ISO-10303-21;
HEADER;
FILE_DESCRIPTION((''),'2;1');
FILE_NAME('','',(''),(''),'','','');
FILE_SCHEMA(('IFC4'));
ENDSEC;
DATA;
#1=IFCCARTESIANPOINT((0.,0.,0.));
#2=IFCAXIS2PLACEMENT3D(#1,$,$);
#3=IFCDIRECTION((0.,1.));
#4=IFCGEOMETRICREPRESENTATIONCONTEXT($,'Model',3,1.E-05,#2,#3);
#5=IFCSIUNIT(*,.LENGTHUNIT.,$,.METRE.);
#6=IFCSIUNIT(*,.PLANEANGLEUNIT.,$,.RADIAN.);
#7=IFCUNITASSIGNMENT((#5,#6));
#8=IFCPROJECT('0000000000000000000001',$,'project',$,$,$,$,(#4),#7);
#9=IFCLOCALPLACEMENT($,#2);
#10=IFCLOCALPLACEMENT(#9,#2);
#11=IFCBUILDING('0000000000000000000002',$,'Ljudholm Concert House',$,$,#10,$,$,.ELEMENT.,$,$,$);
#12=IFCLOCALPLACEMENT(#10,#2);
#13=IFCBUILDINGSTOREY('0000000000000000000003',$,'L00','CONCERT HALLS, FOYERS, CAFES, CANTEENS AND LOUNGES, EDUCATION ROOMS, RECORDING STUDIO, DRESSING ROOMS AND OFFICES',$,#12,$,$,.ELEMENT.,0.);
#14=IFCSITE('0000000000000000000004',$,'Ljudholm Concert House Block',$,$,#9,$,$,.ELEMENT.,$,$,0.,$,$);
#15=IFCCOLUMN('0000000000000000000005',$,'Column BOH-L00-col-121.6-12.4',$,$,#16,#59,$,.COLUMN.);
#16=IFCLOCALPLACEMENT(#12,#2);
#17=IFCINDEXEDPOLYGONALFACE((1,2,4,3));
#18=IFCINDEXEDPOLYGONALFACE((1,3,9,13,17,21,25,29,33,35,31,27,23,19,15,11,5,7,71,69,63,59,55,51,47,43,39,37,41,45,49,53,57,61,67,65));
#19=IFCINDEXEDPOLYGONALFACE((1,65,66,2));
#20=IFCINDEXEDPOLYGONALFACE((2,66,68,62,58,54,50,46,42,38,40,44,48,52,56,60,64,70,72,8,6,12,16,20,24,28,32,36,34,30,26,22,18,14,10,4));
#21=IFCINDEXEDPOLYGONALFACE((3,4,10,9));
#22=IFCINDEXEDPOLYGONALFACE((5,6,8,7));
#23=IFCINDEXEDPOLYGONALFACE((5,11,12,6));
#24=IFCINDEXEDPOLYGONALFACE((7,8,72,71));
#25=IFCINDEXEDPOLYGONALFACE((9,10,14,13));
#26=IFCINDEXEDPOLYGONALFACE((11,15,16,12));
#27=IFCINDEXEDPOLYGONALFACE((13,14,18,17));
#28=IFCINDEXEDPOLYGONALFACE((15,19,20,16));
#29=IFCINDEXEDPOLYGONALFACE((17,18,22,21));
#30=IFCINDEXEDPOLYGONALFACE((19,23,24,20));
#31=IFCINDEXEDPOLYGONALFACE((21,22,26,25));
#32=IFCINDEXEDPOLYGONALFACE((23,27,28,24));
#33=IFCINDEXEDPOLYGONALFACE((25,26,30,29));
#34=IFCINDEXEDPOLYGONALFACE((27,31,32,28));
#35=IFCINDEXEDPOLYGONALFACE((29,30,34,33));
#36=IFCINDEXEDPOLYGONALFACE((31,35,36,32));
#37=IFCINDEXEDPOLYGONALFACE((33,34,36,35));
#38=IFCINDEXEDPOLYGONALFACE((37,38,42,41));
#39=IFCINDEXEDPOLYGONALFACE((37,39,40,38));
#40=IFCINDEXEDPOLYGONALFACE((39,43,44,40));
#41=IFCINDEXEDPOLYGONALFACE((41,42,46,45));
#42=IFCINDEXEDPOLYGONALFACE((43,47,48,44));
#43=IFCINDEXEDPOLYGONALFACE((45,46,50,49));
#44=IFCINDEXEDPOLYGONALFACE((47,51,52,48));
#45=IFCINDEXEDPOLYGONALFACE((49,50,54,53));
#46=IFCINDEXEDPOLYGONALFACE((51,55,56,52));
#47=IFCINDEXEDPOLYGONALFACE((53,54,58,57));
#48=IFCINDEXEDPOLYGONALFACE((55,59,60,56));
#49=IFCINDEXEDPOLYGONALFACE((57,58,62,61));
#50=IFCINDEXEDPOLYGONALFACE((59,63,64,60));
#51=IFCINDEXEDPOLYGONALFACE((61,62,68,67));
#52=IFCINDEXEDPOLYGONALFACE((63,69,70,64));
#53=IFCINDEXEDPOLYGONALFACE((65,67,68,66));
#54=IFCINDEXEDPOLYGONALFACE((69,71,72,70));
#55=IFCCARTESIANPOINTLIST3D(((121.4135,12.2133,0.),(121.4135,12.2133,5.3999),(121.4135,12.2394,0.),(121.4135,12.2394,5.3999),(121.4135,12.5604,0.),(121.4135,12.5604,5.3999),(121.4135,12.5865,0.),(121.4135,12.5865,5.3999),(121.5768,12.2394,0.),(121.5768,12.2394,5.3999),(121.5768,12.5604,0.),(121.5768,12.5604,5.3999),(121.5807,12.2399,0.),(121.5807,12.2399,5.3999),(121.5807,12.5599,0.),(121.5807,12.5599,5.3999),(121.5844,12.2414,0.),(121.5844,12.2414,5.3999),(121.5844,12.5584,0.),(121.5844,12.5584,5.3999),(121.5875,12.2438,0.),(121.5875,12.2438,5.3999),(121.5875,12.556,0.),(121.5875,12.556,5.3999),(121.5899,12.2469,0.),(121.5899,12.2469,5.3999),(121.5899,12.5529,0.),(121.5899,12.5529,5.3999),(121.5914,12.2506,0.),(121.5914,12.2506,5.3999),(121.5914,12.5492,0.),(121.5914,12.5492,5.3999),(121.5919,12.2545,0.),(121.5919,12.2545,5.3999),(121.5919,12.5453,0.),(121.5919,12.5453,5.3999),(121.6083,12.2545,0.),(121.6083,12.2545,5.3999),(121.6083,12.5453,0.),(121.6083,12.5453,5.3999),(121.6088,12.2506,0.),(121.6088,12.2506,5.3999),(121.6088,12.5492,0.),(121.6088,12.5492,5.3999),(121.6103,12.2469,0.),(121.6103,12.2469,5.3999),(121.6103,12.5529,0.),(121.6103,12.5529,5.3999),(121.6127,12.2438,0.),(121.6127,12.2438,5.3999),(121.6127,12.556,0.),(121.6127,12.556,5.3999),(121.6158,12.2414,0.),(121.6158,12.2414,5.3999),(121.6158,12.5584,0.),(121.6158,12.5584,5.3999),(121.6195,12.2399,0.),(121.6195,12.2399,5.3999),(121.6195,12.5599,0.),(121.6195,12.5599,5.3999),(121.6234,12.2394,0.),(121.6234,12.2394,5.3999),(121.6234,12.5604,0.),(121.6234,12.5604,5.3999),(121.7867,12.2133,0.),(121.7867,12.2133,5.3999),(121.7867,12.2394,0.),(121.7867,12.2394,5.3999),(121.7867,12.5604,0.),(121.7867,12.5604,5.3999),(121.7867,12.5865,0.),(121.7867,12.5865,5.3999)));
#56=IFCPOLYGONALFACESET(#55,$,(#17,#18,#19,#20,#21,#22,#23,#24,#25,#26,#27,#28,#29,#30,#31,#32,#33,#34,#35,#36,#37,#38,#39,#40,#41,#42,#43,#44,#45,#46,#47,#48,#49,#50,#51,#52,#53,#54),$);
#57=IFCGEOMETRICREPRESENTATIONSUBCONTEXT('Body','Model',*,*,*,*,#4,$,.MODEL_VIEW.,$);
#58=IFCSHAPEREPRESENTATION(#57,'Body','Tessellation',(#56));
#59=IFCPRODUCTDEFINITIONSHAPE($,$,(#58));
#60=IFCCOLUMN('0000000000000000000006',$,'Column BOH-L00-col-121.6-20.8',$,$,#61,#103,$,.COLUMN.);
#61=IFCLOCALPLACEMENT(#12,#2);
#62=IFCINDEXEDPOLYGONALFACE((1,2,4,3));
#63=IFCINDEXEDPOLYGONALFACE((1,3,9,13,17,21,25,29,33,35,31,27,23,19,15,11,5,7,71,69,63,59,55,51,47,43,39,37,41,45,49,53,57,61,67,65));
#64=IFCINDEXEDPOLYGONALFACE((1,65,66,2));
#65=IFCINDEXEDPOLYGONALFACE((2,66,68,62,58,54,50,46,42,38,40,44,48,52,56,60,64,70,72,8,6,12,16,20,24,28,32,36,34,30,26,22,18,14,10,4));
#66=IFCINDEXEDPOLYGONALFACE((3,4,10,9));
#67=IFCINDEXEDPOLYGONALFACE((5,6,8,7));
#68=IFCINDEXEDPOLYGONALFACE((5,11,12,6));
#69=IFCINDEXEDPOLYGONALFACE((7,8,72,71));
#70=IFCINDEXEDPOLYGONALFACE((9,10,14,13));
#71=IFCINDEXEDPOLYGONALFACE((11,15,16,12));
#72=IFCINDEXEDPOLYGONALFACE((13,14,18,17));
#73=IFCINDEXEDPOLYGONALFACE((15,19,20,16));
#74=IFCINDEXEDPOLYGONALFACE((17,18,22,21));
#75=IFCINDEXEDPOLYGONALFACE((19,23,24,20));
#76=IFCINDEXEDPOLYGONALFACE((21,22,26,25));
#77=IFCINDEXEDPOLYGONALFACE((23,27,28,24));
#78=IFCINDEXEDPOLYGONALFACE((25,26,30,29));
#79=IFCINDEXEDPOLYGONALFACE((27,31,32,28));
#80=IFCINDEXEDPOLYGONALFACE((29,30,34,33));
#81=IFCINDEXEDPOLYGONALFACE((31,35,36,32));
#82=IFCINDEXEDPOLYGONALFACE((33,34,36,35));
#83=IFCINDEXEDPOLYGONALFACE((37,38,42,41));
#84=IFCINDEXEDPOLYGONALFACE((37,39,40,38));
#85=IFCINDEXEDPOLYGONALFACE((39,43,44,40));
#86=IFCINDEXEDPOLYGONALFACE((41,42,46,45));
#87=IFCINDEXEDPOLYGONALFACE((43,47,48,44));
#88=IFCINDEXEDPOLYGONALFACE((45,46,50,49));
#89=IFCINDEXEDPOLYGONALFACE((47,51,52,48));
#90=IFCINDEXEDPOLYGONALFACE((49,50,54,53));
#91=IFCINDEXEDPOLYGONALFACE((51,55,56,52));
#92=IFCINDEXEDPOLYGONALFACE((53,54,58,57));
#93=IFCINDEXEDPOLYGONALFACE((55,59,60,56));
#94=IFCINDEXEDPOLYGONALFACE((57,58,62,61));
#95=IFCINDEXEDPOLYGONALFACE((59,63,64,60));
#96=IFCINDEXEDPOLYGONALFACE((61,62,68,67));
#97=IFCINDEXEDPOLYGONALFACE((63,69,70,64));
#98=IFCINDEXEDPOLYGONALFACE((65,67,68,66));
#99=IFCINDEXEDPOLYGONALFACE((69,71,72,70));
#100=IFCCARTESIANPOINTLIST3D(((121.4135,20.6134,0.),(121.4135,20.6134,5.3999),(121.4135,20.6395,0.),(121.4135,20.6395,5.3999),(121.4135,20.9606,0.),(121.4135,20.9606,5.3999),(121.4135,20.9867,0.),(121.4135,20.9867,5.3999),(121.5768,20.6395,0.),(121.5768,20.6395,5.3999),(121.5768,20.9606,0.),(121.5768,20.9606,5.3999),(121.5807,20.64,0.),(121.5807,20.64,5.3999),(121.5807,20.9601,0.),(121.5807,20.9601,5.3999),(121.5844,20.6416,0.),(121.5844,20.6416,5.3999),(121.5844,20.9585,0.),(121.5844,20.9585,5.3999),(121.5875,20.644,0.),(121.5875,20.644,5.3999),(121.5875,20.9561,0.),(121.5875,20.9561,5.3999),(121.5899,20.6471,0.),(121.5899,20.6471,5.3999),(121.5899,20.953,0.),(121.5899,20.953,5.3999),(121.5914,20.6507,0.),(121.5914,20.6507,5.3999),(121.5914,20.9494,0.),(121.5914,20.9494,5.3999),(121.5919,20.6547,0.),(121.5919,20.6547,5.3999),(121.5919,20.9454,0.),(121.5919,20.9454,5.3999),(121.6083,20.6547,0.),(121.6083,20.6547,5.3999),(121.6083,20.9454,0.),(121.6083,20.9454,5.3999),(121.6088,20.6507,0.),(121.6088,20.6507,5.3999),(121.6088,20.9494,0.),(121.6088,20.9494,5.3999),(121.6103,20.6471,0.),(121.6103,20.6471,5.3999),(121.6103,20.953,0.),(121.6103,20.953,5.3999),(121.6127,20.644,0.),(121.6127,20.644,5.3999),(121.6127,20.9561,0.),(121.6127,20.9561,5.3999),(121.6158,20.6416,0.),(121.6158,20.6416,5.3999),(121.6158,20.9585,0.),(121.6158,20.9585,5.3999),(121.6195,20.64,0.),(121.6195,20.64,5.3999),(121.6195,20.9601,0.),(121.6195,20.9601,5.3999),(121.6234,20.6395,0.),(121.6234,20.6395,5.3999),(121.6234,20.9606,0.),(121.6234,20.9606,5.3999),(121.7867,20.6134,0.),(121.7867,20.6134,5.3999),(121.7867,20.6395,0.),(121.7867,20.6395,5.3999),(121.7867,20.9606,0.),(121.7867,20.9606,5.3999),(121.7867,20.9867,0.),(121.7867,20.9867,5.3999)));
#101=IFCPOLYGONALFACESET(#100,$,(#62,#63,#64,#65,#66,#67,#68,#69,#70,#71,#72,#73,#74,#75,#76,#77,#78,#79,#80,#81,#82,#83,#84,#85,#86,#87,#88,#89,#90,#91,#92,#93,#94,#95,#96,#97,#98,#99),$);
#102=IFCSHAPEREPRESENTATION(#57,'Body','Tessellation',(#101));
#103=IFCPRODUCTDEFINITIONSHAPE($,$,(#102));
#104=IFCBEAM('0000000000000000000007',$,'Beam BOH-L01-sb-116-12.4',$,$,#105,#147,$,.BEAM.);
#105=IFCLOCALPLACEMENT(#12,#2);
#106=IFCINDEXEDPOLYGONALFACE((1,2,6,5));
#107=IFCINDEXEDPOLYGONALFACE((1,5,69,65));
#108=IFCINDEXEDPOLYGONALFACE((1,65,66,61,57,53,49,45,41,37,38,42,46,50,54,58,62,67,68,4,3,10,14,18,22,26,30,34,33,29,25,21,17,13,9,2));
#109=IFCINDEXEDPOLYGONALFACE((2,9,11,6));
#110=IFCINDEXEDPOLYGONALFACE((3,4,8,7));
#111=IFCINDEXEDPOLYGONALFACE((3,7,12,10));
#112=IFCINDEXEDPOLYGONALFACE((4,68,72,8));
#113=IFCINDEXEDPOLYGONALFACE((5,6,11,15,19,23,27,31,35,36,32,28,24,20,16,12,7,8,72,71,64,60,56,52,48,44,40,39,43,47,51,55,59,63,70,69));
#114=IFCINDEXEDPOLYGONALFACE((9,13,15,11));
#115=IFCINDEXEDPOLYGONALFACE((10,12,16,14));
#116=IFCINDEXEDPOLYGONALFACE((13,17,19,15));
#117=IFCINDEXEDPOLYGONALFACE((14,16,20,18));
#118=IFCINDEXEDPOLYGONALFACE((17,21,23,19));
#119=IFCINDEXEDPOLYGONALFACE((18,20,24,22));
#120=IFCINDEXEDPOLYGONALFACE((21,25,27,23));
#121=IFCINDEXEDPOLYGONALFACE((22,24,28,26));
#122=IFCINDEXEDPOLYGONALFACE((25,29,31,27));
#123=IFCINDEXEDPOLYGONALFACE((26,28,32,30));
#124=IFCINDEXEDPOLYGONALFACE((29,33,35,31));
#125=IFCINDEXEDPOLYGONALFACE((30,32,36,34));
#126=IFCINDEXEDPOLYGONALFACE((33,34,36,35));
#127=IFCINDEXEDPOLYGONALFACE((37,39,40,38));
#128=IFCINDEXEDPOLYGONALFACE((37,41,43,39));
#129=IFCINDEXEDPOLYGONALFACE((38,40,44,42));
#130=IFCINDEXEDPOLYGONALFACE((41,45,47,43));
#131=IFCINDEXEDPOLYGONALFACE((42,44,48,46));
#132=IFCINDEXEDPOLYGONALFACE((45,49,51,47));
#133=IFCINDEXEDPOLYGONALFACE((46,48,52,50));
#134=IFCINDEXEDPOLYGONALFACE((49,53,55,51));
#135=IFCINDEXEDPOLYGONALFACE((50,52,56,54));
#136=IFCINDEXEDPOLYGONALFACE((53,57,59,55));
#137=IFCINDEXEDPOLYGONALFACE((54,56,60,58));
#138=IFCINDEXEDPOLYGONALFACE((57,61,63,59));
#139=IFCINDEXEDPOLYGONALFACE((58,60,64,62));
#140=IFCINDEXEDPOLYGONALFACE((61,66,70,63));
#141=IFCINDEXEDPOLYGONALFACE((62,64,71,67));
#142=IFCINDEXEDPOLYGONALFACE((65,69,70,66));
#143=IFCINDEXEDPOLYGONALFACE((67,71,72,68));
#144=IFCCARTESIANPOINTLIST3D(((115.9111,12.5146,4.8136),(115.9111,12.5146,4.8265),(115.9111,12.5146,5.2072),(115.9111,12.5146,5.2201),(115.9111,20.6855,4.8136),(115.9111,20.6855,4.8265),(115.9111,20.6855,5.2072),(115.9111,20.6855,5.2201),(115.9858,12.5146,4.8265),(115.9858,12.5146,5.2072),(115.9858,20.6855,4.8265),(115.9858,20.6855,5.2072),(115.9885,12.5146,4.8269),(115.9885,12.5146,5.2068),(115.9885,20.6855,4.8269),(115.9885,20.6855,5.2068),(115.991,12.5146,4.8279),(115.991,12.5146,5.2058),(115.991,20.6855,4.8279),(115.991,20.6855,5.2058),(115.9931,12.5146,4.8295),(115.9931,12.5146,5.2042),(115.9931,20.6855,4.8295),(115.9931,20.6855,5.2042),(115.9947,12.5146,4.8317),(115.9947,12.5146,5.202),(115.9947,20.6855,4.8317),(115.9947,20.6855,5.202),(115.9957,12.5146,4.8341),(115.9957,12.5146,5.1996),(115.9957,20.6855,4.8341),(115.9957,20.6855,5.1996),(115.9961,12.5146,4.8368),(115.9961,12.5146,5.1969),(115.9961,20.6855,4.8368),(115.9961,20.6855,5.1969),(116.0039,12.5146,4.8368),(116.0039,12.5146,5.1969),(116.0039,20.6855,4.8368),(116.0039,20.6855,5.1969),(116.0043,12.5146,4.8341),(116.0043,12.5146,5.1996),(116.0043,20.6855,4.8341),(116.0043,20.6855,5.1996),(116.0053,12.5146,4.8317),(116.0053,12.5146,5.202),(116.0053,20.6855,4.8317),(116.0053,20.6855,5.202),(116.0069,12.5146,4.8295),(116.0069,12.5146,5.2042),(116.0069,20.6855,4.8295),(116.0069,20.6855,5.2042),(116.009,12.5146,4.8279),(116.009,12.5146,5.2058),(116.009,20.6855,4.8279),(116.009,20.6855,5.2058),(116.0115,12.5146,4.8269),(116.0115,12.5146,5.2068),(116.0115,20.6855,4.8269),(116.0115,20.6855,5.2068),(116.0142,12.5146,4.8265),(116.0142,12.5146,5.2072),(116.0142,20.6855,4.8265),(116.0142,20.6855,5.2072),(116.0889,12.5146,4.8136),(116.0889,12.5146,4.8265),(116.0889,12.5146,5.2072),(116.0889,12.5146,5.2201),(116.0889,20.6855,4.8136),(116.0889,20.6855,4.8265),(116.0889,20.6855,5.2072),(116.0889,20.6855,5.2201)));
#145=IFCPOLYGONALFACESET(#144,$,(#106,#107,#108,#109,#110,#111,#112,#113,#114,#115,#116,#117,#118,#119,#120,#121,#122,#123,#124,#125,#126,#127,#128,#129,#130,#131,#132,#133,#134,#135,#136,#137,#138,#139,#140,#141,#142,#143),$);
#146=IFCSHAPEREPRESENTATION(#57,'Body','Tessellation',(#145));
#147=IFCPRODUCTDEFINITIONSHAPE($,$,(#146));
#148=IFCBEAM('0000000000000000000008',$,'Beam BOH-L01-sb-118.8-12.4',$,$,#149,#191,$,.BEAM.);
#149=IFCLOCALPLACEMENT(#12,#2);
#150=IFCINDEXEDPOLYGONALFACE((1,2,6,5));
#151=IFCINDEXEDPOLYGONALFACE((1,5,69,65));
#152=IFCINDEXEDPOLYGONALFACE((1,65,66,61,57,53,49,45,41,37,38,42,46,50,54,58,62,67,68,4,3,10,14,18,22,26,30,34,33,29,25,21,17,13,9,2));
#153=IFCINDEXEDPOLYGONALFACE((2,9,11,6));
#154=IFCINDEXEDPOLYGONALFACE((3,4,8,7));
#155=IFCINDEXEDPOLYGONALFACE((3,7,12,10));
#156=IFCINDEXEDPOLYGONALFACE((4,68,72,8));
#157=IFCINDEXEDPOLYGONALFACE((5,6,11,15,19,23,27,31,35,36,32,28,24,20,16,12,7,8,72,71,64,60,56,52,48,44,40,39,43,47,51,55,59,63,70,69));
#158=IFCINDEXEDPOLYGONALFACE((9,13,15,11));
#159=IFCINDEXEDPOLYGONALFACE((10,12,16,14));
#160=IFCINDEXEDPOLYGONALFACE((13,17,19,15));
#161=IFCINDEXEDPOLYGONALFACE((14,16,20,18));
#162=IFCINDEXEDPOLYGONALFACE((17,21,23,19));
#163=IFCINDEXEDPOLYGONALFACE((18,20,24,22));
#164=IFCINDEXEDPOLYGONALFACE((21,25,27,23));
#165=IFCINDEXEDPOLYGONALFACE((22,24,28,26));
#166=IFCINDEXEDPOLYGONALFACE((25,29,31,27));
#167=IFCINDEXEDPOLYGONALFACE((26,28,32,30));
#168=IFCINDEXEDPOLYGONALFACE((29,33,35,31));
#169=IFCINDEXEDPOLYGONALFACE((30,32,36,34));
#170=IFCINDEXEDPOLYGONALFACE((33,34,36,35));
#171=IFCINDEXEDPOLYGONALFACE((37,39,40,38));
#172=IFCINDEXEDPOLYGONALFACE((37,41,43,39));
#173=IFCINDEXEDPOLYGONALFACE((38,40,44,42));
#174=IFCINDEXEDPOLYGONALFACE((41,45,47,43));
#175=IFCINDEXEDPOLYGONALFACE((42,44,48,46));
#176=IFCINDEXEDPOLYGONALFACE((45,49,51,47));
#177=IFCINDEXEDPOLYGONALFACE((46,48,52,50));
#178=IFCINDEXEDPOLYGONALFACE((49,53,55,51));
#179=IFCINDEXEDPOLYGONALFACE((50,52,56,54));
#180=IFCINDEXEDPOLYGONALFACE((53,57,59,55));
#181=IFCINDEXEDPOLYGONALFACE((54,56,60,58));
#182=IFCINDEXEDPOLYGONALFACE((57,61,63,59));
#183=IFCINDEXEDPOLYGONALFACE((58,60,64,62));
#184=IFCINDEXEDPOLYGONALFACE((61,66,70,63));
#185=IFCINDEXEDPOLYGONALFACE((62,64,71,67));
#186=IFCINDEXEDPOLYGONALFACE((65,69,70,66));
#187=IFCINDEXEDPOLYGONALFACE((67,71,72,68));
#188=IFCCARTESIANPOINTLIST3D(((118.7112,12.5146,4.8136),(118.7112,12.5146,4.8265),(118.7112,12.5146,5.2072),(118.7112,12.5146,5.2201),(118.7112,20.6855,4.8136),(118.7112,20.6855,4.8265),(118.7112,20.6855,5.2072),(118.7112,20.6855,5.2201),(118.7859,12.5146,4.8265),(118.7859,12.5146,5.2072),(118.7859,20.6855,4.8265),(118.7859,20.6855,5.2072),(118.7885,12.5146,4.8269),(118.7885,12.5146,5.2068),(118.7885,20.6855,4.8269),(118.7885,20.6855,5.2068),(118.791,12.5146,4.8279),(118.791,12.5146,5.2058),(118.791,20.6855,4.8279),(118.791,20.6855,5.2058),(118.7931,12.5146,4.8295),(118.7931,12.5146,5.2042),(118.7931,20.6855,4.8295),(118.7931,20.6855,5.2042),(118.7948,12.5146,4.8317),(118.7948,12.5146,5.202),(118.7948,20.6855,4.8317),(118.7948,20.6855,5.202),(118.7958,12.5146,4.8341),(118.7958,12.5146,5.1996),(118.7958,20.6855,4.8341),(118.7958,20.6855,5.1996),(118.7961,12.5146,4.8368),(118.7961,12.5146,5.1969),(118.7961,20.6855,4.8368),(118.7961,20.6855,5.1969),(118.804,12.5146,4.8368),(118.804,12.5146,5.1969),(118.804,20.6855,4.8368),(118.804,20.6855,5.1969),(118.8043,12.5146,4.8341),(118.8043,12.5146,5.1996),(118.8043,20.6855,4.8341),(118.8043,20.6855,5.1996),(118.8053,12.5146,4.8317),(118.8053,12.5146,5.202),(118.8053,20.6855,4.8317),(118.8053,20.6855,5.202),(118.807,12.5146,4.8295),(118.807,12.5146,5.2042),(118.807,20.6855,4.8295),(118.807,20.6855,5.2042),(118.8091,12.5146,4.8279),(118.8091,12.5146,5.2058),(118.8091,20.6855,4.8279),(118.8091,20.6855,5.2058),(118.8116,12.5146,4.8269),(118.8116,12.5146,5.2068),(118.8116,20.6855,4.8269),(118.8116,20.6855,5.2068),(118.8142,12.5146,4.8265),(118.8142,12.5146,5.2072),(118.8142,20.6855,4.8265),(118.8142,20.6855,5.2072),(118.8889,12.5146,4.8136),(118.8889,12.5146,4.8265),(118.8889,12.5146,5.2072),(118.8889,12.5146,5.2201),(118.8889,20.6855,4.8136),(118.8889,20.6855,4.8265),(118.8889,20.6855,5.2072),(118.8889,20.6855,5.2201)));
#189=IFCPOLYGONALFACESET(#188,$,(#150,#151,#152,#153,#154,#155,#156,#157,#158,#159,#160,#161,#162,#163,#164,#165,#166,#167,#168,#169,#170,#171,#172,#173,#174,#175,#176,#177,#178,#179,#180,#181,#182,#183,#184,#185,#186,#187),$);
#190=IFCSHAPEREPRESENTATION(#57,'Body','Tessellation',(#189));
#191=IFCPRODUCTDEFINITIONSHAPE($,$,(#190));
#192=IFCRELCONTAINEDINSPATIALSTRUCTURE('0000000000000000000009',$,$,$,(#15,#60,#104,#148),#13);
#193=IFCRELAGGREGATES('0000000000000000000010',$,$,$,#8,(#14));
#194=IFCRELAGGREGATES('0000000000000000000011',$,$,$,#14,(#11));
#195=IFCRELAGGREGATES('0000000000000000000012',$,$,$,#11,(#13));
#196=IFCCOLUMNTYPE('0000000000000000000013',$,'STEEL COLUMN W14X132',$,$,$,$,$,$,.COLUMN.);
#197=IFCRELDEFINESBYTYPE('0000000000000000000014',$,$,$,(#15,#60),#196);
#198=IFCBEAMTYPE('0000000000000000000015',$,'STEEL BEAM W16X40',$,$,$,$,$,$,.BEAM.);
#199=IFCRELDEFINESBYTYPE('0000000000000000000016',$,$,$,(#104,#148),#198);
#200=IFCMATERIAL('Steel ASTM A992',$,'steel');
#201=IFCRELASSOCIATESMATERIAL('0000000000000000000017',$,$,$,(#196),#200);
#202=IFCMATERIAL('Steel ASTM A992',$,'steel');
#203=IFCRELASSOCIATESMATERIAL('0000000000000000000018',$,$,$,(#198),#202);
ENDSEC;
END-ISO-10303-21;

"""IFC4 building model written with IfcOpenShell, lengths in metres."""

from ifc_helpers import new_model, si_unit, direction, frame, origin, origin_2d, place, context, subcontext, project, spatial, i_section, extrude, material, material_profile, profile_set, type_object, element, save


model = new_model("IFC4")

# Units and contexts
model_context = context("Model", 3, precision=1e-05, world=origin(), true_north=direction((0.0, 1.0)))
body_context = subcontext(model_context, "Body", "Model", "MODEL_VIEW")
ifc_project = project(units=[si_unit("LENGTHUNIT", "METRE"), si_unit("PLANEANGLEUNIT", "RADIAN")], contexts=[model_context])

# Site, building, storey
site_placement = place(None, origin())
site = spatial("IfcSite", under=ifc_project, at=site_placement, Name="Ljudholm Concert House Block", CompositionType="ELEMENT", RefElevation=0.0)
building_placement = place(site_placement, origin())
building = spatial("IfcBuilding", under=site, at=building_placement, Name="Ljudholm Concert House", CompositionType="ELEMENT")
storey_placement = place(building_placement, origin())
storey = spatial("IfcBuildingStorey", under=building, at=storey_placement, Name="L00", Description="CONCERT HALLS, FOYERS, CAFES, CANTEENS AND LOUNGES, EDUCATION ROOMS, RECORDING STUDIO, DRESSING ROOMS AND OFFICES", CompositionType="ELEMENT", Elevation=0.0)

# Columns
ifc_material_1 = material(Name="Steel ASTM A992", Category="steel")
ifc_material_profile_1 = material_profile(ifc_material_1, i_section(OverallWidth=0.3733, OverallDepth=0.3733, WebThickness=0.0164, FlangeThickness=0.0261, FilletRadius=0.0151, at=origin_2d()), Name="W14X132")
ifc_profile_set_1 = profile_set([ifc_material_profile_1], Name="Steel ASTM A992")
column_type = type_object("IfcColumnType", Name="STEEL COLUMN W14X132", PredefinedType="COLUMN", material=ifc_profile_set_1)
for number, where, z_axis, x_axis, name in (
    (1, (121.6001, 12.3999, 0.0), (0.0, 0.0, 1.0), (1.0, 0.0, 0.0), "Column BOH-L00-col-121.6-12.4"),
    (2, (121.6001, 20.8, 0.0), (0.0, 0.0, 1.0), (1.0, 0.0, 0.0), "Column BOH-L00-col-121.6-20.8"),
):
    element("IfcColumn", number, at=place(storey_placement, frame(where, z_axis=z_axis, x_axis=x_axis)), inside=storey, type_object=column_type, Name=name, PredefinedType="COLUMN", context=body_context, shape_type="SweptSolid", body=[
        extrude(i_section(OverallWidth=0.3733, OverallDepth=0.3733, WebThickness=0.0164, FlangeThickness=0.0261, FilletRadius=0.0151, at=origin_2d()), origin(), (0.0, 0.0, 1.0), 5.3999),
    ])

# Beams
ifc_material_2 = material(Name="Steel ASTM A992", Category="steel")
ifc_material_profile_2 = material_profile(ifc_material_2, i_section(OverallWidth=0.1777, OverallDepth=0.4065, WebThickness=0.0078, FlangeThickness=0.0129, FilletRadius=0.0103, at=origin_2d()), Name="W16X40")
ifc_profile_set_2 = profile_set([ifc_material_profile_2], Name="Steel ASTM A992")
beam_type_1 = type_object("IfcBeamType", Name="STEEL BEAM W16X40", PredefinedType="BEAM", material=ifc_profile_set_2)
for number, where, z_axis, x_axis, name in (
    (3, (116.0, 12.5146, 5.0168), (0.0, 1.0, 0.0), (-1.0, 0.0, 0.0), "Beam BOH-L01-sb-116-12.4"),
    (4, (118.8, 12.5146, 5.0168), (0.0, 1.0, 0.0), (-1.0, 0.0, 0.0), "Beam BOH-L01-sb-118.8-12.4"),
):
    element("IfcBeam", number, at=place(storey_placement, frame(where, z_axis=z_axis, x_axis=x_axis)), inside=storey, type_object=beam_type_1, Name=name, PredefinedType="BEAM", context=body_context, shape_type="SweptSolid", body=[
        extrude(i_section(OverallWidth=0.1777, OverallDepth=0.4065, WebThickness=0.0078, FlangeThickness=0.0129, FilletRadius=0.0103, at=origin_2d()), origin(), (0.0, 0.0, 1.0), 8.1709),
    ])

save(model, "model.ifc")
